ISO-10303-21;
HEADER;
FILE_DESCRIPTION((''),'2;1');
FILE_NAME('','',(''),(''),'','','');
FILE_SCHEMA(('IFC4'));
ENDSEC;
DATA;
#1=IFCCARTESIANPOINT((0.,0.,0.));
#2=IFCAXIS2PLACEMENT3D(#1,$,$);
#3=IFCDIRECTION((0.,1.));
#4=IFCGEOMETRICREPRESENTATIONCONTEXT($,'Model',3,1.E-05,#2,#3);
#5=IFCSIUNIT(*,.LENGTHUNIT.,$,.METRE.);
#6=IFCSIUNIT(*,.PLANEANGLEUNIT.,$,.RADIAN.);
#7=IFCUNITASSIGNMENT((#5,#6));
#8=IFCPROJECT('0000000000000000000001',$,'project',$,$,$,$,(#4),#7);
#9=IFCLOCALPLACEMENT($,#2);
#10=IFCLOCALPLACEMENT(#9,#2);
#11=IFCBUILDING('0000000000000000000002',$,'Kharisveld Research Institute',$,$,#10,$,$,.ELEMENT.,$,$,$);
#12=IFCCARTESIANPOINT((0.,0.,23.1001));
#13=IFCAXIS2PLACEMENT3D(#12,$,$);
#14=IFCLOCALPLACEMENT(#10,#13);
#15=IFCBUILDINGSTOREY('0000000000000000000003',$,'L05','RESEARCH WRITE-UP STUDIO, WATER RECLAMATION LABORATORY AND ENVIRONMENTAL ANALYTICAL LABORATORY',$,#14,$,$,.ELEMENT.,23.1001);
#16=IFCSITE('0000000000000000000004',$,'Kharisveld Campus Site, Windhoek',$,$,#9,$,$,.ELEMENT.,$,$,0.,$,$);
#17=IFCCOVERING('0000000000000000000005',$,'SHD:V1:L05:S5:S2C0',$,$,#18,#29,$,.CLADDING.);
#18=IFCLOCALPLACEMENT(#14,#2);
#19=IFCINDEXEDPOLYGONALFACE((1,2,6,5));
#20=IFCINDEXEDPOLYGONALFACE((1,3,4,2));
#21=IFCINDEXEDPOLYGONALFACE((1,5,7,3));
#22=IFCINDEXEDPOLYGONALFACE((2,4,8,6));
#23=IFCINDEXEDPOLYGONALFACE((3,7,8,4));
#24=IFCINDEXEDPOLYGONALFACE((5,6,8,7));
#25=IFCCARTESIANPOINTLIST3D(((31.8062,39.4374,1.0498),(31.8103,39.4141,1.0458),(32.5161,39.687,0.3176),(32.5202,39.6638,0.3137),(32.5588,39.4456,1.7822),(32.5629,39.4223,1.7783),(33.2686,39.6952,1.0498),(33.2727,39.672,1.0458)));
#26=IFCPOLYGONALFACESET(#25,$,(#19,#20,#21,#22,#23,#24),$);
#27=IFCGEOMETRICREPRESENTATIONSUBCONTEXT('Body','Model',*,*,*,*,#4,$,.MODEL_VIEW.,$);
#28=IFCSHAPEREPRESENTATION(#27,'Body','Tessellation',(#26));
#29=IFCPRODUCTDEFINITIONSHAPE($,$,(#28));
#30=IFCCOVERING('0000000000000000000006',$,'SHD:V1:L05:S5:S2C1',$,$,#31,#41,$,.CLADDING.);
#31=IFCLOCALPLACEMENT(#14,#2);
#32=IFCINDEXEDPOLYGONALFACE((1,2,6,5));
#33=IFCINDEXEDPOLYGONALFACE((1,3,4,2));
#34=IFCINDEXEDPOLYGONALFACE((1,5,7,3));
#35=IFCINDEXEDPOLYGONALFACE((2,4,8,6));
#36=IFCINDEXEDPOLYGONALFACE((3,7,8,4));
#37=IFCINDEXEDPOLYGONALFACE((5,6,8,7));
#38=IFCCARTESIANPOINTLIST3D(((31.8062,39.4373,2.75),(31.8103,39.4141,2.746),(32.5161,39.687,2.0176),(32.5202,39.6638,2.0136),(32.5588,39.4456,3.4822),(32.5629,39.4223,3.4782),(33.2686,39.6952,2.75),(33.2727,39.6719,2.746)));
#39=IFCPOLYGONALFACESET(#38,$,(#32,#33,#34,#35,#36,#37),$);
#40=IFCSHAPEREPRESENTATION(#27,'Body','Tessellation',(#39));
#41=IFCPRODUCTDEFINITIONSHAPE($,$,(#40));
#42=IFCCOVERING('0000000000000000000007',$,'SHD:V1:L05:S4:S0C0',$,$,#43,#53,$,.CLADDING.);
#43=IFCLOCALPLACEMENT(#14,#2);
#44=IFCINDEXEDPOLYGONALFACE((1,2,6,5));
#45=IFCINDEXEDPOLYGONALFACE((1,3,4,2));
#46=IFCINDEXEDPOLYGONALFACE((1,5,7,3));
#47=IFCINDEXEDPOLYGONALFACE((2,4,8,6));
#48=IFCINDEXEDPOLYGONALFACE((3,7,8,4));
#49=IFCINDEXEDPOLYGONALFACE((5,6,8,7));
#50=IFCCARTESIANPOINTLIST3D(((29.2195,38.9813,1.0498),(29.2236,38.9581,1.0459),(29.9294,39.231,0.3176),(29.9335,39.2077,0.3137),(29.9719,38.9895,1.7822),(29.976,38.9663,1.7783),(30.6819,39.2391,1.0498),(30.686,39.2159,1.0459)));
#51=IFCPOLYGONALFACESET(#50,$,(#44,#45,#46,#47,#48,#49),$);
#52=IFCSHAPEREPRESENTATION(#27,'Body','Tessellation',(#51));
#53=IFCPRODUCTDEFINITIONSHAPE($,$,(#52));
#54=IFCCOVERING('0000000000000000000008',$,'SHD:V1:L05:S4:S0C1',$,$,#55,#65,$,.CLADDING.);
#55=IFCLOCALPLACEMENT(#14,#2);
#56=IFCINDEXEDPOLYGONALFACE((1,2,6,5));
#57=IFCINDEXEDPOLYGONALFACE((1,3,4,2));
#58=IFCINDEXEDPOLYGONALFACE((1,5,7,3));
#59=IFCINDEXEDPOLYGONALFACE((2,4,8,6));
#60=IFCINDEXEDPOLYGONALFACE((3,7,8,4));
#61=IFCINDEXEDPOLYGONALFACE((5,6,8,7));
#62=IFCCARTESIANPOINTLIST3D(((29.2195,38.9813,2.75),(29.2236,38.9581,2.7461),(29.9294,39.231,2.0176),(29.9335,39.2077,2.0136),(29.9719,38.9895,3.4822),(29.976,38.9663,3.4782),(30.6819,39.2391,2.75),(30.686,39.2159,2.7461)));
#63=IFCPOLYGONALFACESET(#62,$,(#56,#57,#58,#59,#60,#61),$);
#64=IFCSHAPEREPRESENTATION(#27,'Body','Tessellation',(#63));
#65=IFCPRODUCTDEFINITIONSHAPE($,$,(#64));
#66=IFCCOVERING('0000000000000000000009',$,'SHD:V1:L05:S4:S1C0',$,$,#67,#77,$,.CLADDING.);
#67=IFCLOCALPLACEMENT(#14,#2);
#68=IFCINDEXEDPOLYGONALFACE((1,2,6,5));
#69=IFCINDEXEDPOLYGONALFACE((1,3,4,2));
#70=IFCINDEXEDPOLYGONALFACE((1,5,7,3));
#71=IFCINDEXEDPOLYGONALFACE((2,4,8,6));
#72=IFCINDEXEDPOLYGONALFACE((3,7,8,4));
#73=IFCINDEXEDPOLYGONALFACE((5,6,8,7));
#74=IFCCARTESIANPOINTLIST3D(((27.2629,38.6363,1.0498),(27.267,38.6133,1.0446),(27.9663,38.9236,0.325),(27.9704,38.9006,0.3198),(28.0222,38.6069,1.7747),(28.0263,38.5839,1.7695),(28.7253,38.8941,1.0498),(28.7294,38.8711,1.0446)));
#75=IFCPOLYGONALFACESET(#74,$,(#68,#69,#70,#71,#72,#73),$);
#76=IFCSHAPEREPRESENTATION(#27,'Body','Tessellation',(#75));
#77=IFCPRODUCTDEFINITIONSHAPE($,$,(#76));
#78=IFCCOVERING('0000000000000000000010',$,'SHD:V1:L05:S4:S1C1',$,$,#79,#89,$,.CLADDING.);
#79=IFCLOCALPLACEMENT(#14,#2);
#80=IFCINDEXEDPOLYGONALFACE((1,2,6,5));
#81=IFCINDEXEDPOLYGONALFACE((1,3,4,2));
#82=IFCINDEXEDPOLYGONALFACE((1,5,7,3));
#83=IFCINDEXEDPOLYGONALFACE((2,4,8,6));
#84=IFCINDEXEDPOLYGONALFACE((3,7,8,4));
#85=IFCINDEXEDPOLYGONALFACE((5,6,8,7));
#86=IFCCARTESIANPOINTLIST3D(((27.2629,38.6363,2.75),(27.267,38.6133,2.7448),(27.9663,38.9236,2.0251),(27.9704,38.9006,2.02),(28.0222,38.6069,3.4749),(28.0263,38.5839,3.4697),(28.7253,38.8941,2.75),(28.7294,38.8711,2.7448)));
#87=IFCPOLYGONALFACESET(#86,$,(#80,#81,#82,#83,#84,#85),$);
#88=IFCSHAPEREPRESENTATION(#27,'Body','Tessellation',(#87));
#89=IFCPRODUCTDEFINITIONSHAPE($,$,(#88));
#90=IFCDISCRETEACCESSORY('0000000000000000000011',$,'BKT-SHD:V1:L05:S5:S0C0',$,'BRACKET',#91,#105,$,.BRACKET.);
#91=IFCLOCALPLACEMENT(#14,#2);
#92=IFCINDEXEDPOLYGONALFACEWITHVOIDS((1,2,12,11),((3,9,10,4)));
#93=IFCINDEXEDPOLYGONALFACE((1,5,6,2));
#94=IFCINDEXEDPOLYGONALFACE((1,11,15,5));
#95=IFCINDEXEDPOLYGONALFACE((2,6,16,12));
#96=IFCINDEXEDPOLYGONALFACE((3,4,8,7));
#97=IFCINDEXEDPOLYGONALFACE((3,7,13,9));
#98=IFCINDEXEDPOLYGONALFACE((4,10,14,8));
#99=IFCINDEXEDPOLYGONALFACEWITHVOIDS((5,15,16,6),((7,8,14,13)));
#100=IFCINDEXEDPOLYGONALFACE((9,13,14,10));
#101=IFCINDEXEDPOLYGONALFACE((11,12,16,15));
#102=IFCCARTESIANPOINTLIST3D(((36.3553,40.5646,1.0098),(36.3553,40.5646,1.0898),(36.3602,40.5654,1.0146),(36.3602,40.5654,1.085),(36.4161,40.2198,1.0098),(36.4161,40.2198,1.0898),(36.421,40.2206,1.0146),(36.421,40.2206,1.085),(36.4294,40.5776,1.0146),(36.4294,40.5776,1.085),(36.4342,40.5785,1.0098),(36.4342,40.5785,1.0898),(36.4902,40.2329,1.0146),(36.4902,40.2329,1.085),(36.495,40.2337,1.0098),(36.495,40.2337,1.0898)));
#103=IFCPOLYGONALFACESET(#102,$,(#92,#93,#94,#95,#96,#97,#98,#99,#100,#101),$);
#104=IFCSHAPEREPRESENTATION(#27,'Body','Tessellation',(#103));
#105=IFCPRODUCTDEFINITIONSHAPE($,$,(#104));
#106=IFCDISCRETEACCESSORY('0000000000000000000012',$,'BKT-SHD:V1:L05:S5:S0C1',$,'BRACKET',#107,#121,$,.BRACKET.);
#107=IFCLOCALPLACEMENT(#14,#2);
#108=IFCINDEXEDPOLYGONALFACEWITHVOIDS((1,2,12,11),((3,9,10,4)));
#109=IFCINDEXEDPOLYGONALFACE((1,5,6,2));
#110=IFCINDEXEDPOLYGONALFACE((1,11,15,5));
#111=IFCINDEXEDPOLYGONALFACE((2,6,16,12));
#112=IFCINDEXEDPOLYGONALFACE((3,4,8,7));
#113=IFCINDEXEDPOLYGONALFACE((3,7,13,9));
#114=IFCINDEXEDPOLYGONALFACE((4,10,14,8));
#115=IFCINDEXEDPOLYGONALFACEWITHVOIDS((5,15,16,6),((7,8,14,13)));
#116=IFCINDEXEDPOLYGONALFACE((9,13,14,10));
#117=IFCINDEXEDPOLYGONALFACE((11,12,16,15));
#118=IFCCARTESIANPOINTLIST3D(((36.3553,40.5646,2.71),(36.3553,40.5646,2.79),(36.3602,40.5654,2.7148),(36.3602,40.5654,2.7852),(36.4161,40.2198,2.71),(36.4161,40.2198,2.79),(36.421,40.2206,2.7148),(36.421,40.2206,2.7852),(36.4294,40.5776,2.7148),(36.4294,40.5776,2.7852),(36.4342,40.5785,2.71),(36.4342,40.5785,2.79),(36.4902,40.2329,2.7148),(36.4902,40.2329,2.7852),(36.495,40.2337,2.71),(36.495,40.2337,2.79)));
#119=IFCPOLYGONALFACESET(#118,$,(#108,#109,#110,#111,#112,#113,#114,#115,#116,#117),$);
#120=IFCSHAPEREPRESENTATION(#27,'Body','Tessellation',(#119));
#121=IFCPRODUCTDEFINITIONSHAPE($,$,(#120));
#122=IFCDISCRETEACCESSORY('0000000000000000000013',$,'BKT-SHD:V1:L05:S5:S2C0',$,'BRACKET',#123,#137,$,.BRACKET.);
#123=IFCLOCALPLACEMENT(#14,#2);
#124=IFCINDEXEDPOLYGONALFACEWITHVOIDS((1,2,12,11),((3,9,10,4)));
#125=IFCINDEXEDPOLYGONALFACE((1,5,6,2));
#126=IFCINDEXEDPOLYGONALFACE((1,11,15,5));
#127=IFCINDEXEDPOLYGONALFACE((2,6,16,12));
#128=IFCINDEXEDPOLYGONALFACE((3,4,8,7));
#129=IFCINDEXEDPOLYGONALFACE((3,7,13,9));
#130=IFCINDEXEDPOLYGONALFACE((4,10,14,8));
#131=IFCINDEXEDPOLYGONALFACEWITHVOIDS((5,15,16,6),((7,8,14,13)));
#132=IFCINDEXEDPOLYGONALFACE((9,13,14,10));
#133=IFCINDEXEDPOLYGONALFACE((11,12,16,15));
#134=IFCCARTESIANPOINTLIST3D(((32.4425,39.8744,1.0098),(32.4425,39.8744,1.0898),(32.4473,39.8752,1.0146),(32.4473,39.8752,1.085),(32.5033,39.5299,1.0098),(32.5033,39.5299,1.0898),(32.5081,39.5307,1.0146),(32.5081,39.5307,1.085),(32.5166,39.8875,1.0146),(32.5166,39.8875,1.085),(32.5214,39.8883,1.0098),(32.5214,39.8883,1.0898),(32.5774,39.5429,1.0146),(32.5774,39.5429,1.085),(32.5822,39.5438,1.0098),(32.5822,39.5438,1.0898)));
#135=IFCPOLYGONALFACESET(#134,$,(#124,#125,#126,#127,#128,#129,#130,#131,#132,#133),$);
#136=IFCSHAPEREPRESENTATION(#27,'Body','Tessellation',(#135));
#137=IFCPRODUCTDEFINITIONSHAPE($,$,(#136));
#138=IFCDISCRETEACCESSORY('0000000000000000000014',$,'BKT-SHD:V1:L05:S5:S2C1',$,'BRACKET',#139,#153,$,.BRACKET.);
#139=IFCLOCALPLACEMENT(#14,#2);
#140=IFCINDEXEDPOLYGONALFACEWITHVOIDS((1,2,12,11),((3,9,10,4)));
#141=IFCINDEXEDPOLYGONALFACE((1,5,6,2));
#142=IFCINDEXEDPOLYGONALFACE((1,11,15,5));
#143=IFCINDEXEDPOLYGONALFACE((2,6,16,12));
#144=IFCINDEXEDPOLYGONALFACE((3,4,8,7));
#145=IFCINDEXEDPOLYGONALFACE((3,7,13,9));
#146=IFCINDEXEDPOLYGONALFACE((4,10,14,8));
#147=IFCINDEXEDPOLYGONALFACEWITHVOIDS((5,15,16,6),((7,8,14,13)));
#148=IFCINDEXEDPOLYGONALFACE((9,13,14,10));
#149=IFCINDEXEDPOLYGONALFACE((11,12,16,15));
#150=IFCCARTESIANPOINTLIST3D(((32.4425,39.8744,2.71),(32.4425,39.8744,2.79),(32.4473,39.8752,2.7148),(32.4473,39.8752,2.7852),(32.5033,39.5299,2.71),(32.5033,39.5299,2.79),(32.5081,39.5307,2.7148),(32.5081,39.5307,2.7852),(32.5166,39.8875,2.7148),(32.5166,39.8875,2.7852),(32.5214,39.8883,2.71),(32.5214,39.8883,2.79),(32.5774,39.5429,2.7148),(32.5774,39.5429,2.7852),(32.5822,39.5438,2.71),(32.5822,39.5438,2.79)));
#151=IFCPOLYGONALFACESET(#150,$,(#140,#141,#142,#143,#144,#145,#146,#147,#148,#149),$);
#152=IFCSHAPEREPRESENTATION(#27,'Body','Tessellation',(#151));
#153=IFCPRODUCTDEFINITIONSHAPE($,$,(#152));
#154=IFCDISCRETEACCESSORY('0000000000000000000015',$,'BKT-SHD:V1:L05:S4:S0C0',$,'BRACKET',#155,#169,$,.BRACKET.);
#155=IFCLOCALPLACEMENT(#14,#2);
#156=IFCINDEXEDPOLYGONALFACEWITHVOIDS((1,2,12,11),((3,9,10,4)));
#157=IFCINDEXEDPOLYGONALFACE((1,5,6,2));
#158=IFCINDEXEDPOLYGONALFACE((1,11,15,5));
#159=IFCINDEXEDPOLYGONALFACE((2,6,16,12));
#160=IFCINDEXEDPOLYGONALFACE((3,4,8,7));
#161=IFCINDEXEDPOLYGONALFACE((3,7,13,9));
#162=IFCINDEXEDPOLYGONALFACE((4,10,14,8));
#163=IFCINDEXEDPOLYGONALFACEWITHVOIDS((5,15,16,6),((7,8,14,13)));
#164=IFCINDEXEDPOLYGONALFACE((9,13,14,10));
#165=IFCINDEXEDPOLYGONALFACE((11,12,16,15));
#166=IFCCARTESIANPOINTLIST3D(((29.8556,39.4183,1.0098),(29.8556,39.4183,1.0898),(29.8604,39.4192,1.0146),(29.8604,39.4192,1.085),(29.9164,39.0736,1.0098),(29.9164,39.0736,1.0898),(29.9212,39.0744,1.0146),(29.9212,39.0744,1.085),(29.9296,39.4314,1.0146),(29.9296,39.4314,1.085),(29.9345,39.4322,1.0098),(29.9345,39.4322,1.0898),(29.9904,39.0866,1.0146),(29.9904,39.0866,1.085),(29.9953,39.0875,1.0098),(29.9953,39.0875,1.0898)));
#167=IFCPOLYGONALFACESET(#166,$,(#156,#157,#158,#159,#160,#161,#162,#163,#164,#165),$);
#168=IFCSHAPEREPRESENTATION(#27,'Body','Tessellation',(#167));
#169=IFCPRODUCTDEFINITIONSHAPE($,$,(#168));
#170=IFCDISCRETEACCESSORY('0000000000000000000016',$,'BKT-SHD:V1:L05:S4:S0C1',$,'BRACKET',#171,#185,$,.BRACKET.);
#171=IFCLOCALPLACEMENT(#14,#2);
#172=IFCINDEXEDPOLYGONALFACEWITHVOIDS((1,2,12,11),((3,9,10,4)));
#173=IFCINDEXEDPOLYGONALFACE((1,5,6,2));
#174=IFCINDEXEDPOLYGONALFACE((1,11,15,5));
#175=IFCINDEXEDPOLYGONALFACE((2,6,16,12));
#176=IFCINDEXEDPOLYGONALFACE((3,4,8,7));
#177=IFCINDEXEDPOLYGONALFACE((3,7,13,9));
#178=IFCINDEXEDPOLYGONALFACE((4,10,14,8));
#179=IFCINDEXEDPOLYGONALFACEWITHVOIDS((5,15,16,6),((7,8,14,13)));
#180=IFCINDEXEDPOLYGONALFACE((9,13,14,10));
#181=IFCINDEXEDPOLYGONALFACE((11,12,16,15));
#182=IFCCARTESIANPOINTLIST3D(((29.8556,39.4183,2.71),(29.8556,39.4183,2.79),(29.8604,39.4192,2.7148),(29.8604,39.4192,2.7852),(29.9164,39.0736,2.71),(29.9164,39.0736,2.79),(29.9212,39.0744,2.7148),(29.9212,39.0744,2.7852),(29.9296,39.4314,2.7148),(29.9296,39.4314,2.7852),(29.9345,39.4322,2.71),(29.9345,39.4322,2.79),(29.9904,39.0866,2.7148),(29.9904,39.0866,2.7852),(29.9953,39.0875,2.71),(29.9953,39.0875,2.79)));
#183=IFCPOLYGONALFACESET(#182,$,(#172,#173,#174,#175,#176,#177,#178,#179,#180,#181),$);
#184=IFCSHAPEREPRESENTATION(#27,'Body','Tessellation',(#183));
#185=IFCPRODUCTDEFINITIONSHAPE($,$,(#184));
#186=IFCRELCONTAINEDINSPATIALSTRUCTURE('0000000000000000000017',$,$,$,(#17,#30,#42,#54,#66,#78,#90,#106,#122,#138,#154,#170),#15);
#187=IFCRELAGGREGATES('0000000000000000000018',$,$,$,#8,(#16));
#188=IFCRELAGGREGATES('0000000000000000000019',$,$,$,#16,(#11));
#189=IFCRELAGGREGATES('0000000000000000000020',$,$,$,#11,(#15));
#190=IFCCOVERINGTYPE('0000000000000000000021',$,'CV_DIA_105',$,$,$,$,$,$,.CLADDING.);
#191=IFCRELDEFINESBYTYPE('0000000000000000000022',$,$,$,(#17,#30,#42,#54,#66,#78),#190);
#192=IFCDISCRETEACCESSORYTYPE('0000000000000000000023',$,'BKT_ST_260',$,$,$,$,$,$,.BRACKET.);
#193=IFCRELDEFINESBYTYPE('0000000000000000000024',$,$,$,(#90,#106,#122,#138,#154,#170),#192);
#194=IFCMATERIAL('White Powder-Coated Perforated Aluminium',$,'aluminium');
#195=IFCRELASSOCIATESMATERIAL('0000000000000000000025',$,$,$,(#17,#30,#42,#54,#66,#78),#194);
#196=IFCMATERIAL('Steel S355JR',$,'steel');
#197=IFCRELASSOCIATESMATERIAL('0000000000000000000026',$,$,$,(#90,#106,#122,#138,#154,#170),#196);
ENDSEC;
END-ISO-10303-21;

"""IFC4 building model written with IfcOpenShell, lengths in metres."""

from ifc_helpers import new_model, si_unit, direction, frame, origin, origin_2d, place, context, subcontext, project, spatial, polyline, hollow_rectangle, outline, extrude, material, type_object, element, save


model = new_model("IFC4")

# Units and contexts
model_context = context("Model", 3, precision=1e-05, world=origin(), true_north=direction((0.0, 1.0)))
body_context = subcontext(model_context, "Body", "Model", "MODEL_VIEW")
ifc_project = project(units=[si_unit("LENGTHUNIT", "METRE"), si_unit("PLANEANGLEUNIT", "RADIAN")], contexts=[model_context])

# Site, building, storey
site_placement = place(None, origin())
site = spatial("IfcSite", under=ifc_project, at=site_placement, Name="Kharisveld Campus Site, Windhoek", CompositionType="ELEMENT", RefElevation=0.0)
building_placement = place(site_placement, origin())
building = spatial("IfcBuilding", under=site, at=building_placement, Name="Kharisveld Research Institute", CompositionType="ELEMENT")
storey_placement = place(building_placement, frame((0.0, 0.0, 23.1001)))
storey = spatial("IfcBuildingStorey", under=building, at=storey_placement, Name="L05", Description="RESEARCH WRITE-UP STUDIO, WATER RECLAMATION LABORATORY AND ENVIRONMENTAL ANALYTICAL LABORATORY", CompositionType="ELEMENT", Elevation=23.1001)

# Coverings
ifc_material_1 = material(Name="White Powder-Coated Perforated Aluminium", Category="aluminium")
covering_type = type_object("IfcCoveringType", Name="CV_DIA_105", PredefinedType="CLADDING")
covering_1_placement = place(storey_placement, frame((32.5161, 39.687, 0.3176), z_axis=(-0.171233, 0.971295, 0.165124), x_axis=(-0.676169, -0.237753, 0.69733)))
element("IfcCovering", 1, at=covering_1_placement, inside=storey, type_object=covering_type, material=ifc_material_1, Name="SHD:V1:L05:S5:S2C0", PredefinedType="CLADDING", context=body_context, shape_type="SweptSolid", body=[
    extrude(outline(polyline([(0.0, 0.0), (1.0499, 0.0), (1.0498, 1.0503), (-0.0002, 1.0499), (0.0, 0.0)])), origin(), (0.0, 0.0, -1.0), 0.0239),
])
covering_2_placement = place(storey_placement, frame((32.5161, 39.687, 2.0176), z_axis=(-0.171233, 0.971295, 0.165124), x_axis=(-0.676053, -0.237752, 0.697443)))
element("IfcCovering", 2, at=covering_2_placement, inside=storey, type_object=covering_type, material=ifc_material_1, Name="SHD:V1:L05:S5:S2C1", PredefinedType="CLADDING", context=body_context, shape_type="SweptSolid", body=[
    extrude(outline(polyline([(0.0, 0.0), (1.0501, 0.0), (1.05, 1.0501), (0.0002, 1.0501), (0.0, 0.0)])), origin(), (0.0, 0.0, -1.0), 0.0239),
])
covering_3_placement = place(storey_placement, frame((29.9294, 39.231, 0.3176), z_axis=(-0.171234, 0.971299, 0.165096), x_axis=(-0.676174, -0.237734, 0.697332)))
element("IfcCovering", 3, at=covering_3_placement, inside=storey, type_object=covering_type, material=ifc_material_1, Name="SHD:V1:L05:S4:S0C0", PredefinedType="CLADDING", context=body_context, shape_type="SweptSolid", body=[
    extrude(outline(polyline([(0.0, 0.0), (1.05, 0.0), (1.05, 1.0501), (-0.0001, 1.0499), (0.0, 0.0)])), origin(), (0.0, 0.0, -1.0), 0.0239),
])
covering_4_placement = place(storey_placement, frame((29.9294, 39.231, 2.0176), z_axis=(-0.171234, 0.971299, 0.165096), x_axis=(-0.676058, -0.237732, 0.697445)))
element("IfcCovering", 4, at=covering_4_placement, inside=storey, type_object=covering_type, material=ifc_material_1, Name="SHD:V1:L05:S4:S0C1", PredefinedType="CLADDING", context=body_context, shape_type="SweptSolid", body=[
    extrude(outline(polyline([(0.0, 0.0), (1.0502, 0.0), (1.0502, 1.0499), (0.0002, 1.0501), (0.0, 0.0)])), origin(), (0.0, 0.0, -1.0), 0.0239),
])
for number, where, z_axis, x_axis, name in (
    (5, (27.9663, 38.9236, 0.325), (-0.169497, 0.961447, 0.21654), (-0.669826, -0.273555, 0.69029), "SHD:V1:L05:S4:S1C0"),
    (6, (27.9663, 38.9236, 2.0251), (-0.169497, 0.961447, 0.21654), (-0.669826, -0.273555, 0.69029), "SHD:V1:L05:S4:S1C1"),
):
    element("IfcCovering", number, at=place(storey_placement, frame(where, z_axis=z_axis, x_axis=x_axis)), inside=storey, type_object=covering_type, material=ifc_material_1, Name=name, PredefinedType="CLADDING", context=body_context, shape_type="SweptSolid", body=[
        extrude(outline(polyline([(0.0, 0.0), (1.0501, 0.0), (1.0499, 1.0501), (0.0, 1.05), (0.0, 0.0)])), origin(), (0.0, 0.0, -1.0), 0.0239),
    ])

# Discrete accessories
ifc_material_2 = material(Name="Steel S355JR", Category="steel")
discrete_accessory_type = type_object("IfcDiscreteAccessoryType", Name="BKT_ST_260", PredefinedType="BRACKET")
for number, where, z_axis, x_axis, name in (
    (7, (36.3948, 40.5715, 1.0498), (0.173666, -0.984805, 0.0), (0.984805, 0.173666, 0.0), "BKT-SHD:V1:L05:S5:S0C0"),
    (8, (36.3948, 40.5715, 2.75), (0.173666, -0.984805, 0.0), (0.984805, 0.173666, 0.0), "BKT-SHD:V1:L05:S5:S0C1"),
):
    element("IfcDiscreteAccessory", number, at=place(storey_placement, frame(where, z_axis=z_axis, x_axis=x_axis)), inside=storey, type_object=discrete_accessory_type, material=ifc_material_2, Name=name, ObjectType="BRACKET", PredefinedType="BRACKET", context=body_context, shape_type="SweptSolid", body=[
        extrude(hollow_rectangle(XDim=0.0801, YDim=0.0801, WallThickness=0.0049, at=origin_2d()), origin(), (0.0, 0.0, 1.0), 0.3501),
    ])
for number, where, z_axis, x_axis, name in (
    (9, (32.4819, 39.8813, 1.0498), (0.173785, -0.984784, 0.0), (0.984784, 0.173785, 0.0), "BKT-SHD:V1:L05:S5:S2C0"),
    (10, (32.4819, 39.8813, 2.75), (0.173785, -0.984784, 0.0), (0.984784, 0.173785, 0.0), "BKT-SHD:V1:L05:S5:S2C1"),
):
    element("IfcDiscreteAccessory", number, at=place(storey_placement, frame(where, z_axis=z_axis, x_axis=x_axis)), inside=storey, type_object=discrete_accessory_type, material=ifc_material_2, Name=name, ObjectType="BRACKET", PredefinedType="BRACKET", context=body_context, shape_type="SweptSolid", body=[
        extrude(hollow_rectangle(XDim=0.0801, YDim=0.0801, WallThickness=0.0049, at=origin_2d()), origin(), (0.0, 0.0, 1.0), 0.3499),
    ])
for number, where, z_axis, x_axis, name in (
    (11, (29.895, 39.4253, 1.0498), (0.173666, -0.984805, 0.0), (0.984805, 0.173666, 0.0), "BKT-SHD:V1:L05:S4:S0C0"),
    (12, (29.895, 39.4253, 2.75), (0.173666, -0.984805, 0.0), (0.984805, 0.173666, 0.0), "BKT-SHD:V1:L05:S4:S0C1"),
):
    element("IfcDiscreteAccessory", number, at=place(storey_placement, frame(where, z_axis=z_axis, x_axis=x_axis)), inside=storey, type_object=discrete_accessory_type, material=ifc_material_2, Name=name, ObjectType="BRACKET", PredefinedType="BRACKET", context=body_context, shape_type="SweptSolid", body=[
        extrude(hollow_rectangle(XDim=0.0801, YDim=0.0801, WallThickness=0.0049, at=origin_2d()), origin(), (0.0, 0.0, 1.0), 0.3501),
    ])

save(model, "model.ifc")
